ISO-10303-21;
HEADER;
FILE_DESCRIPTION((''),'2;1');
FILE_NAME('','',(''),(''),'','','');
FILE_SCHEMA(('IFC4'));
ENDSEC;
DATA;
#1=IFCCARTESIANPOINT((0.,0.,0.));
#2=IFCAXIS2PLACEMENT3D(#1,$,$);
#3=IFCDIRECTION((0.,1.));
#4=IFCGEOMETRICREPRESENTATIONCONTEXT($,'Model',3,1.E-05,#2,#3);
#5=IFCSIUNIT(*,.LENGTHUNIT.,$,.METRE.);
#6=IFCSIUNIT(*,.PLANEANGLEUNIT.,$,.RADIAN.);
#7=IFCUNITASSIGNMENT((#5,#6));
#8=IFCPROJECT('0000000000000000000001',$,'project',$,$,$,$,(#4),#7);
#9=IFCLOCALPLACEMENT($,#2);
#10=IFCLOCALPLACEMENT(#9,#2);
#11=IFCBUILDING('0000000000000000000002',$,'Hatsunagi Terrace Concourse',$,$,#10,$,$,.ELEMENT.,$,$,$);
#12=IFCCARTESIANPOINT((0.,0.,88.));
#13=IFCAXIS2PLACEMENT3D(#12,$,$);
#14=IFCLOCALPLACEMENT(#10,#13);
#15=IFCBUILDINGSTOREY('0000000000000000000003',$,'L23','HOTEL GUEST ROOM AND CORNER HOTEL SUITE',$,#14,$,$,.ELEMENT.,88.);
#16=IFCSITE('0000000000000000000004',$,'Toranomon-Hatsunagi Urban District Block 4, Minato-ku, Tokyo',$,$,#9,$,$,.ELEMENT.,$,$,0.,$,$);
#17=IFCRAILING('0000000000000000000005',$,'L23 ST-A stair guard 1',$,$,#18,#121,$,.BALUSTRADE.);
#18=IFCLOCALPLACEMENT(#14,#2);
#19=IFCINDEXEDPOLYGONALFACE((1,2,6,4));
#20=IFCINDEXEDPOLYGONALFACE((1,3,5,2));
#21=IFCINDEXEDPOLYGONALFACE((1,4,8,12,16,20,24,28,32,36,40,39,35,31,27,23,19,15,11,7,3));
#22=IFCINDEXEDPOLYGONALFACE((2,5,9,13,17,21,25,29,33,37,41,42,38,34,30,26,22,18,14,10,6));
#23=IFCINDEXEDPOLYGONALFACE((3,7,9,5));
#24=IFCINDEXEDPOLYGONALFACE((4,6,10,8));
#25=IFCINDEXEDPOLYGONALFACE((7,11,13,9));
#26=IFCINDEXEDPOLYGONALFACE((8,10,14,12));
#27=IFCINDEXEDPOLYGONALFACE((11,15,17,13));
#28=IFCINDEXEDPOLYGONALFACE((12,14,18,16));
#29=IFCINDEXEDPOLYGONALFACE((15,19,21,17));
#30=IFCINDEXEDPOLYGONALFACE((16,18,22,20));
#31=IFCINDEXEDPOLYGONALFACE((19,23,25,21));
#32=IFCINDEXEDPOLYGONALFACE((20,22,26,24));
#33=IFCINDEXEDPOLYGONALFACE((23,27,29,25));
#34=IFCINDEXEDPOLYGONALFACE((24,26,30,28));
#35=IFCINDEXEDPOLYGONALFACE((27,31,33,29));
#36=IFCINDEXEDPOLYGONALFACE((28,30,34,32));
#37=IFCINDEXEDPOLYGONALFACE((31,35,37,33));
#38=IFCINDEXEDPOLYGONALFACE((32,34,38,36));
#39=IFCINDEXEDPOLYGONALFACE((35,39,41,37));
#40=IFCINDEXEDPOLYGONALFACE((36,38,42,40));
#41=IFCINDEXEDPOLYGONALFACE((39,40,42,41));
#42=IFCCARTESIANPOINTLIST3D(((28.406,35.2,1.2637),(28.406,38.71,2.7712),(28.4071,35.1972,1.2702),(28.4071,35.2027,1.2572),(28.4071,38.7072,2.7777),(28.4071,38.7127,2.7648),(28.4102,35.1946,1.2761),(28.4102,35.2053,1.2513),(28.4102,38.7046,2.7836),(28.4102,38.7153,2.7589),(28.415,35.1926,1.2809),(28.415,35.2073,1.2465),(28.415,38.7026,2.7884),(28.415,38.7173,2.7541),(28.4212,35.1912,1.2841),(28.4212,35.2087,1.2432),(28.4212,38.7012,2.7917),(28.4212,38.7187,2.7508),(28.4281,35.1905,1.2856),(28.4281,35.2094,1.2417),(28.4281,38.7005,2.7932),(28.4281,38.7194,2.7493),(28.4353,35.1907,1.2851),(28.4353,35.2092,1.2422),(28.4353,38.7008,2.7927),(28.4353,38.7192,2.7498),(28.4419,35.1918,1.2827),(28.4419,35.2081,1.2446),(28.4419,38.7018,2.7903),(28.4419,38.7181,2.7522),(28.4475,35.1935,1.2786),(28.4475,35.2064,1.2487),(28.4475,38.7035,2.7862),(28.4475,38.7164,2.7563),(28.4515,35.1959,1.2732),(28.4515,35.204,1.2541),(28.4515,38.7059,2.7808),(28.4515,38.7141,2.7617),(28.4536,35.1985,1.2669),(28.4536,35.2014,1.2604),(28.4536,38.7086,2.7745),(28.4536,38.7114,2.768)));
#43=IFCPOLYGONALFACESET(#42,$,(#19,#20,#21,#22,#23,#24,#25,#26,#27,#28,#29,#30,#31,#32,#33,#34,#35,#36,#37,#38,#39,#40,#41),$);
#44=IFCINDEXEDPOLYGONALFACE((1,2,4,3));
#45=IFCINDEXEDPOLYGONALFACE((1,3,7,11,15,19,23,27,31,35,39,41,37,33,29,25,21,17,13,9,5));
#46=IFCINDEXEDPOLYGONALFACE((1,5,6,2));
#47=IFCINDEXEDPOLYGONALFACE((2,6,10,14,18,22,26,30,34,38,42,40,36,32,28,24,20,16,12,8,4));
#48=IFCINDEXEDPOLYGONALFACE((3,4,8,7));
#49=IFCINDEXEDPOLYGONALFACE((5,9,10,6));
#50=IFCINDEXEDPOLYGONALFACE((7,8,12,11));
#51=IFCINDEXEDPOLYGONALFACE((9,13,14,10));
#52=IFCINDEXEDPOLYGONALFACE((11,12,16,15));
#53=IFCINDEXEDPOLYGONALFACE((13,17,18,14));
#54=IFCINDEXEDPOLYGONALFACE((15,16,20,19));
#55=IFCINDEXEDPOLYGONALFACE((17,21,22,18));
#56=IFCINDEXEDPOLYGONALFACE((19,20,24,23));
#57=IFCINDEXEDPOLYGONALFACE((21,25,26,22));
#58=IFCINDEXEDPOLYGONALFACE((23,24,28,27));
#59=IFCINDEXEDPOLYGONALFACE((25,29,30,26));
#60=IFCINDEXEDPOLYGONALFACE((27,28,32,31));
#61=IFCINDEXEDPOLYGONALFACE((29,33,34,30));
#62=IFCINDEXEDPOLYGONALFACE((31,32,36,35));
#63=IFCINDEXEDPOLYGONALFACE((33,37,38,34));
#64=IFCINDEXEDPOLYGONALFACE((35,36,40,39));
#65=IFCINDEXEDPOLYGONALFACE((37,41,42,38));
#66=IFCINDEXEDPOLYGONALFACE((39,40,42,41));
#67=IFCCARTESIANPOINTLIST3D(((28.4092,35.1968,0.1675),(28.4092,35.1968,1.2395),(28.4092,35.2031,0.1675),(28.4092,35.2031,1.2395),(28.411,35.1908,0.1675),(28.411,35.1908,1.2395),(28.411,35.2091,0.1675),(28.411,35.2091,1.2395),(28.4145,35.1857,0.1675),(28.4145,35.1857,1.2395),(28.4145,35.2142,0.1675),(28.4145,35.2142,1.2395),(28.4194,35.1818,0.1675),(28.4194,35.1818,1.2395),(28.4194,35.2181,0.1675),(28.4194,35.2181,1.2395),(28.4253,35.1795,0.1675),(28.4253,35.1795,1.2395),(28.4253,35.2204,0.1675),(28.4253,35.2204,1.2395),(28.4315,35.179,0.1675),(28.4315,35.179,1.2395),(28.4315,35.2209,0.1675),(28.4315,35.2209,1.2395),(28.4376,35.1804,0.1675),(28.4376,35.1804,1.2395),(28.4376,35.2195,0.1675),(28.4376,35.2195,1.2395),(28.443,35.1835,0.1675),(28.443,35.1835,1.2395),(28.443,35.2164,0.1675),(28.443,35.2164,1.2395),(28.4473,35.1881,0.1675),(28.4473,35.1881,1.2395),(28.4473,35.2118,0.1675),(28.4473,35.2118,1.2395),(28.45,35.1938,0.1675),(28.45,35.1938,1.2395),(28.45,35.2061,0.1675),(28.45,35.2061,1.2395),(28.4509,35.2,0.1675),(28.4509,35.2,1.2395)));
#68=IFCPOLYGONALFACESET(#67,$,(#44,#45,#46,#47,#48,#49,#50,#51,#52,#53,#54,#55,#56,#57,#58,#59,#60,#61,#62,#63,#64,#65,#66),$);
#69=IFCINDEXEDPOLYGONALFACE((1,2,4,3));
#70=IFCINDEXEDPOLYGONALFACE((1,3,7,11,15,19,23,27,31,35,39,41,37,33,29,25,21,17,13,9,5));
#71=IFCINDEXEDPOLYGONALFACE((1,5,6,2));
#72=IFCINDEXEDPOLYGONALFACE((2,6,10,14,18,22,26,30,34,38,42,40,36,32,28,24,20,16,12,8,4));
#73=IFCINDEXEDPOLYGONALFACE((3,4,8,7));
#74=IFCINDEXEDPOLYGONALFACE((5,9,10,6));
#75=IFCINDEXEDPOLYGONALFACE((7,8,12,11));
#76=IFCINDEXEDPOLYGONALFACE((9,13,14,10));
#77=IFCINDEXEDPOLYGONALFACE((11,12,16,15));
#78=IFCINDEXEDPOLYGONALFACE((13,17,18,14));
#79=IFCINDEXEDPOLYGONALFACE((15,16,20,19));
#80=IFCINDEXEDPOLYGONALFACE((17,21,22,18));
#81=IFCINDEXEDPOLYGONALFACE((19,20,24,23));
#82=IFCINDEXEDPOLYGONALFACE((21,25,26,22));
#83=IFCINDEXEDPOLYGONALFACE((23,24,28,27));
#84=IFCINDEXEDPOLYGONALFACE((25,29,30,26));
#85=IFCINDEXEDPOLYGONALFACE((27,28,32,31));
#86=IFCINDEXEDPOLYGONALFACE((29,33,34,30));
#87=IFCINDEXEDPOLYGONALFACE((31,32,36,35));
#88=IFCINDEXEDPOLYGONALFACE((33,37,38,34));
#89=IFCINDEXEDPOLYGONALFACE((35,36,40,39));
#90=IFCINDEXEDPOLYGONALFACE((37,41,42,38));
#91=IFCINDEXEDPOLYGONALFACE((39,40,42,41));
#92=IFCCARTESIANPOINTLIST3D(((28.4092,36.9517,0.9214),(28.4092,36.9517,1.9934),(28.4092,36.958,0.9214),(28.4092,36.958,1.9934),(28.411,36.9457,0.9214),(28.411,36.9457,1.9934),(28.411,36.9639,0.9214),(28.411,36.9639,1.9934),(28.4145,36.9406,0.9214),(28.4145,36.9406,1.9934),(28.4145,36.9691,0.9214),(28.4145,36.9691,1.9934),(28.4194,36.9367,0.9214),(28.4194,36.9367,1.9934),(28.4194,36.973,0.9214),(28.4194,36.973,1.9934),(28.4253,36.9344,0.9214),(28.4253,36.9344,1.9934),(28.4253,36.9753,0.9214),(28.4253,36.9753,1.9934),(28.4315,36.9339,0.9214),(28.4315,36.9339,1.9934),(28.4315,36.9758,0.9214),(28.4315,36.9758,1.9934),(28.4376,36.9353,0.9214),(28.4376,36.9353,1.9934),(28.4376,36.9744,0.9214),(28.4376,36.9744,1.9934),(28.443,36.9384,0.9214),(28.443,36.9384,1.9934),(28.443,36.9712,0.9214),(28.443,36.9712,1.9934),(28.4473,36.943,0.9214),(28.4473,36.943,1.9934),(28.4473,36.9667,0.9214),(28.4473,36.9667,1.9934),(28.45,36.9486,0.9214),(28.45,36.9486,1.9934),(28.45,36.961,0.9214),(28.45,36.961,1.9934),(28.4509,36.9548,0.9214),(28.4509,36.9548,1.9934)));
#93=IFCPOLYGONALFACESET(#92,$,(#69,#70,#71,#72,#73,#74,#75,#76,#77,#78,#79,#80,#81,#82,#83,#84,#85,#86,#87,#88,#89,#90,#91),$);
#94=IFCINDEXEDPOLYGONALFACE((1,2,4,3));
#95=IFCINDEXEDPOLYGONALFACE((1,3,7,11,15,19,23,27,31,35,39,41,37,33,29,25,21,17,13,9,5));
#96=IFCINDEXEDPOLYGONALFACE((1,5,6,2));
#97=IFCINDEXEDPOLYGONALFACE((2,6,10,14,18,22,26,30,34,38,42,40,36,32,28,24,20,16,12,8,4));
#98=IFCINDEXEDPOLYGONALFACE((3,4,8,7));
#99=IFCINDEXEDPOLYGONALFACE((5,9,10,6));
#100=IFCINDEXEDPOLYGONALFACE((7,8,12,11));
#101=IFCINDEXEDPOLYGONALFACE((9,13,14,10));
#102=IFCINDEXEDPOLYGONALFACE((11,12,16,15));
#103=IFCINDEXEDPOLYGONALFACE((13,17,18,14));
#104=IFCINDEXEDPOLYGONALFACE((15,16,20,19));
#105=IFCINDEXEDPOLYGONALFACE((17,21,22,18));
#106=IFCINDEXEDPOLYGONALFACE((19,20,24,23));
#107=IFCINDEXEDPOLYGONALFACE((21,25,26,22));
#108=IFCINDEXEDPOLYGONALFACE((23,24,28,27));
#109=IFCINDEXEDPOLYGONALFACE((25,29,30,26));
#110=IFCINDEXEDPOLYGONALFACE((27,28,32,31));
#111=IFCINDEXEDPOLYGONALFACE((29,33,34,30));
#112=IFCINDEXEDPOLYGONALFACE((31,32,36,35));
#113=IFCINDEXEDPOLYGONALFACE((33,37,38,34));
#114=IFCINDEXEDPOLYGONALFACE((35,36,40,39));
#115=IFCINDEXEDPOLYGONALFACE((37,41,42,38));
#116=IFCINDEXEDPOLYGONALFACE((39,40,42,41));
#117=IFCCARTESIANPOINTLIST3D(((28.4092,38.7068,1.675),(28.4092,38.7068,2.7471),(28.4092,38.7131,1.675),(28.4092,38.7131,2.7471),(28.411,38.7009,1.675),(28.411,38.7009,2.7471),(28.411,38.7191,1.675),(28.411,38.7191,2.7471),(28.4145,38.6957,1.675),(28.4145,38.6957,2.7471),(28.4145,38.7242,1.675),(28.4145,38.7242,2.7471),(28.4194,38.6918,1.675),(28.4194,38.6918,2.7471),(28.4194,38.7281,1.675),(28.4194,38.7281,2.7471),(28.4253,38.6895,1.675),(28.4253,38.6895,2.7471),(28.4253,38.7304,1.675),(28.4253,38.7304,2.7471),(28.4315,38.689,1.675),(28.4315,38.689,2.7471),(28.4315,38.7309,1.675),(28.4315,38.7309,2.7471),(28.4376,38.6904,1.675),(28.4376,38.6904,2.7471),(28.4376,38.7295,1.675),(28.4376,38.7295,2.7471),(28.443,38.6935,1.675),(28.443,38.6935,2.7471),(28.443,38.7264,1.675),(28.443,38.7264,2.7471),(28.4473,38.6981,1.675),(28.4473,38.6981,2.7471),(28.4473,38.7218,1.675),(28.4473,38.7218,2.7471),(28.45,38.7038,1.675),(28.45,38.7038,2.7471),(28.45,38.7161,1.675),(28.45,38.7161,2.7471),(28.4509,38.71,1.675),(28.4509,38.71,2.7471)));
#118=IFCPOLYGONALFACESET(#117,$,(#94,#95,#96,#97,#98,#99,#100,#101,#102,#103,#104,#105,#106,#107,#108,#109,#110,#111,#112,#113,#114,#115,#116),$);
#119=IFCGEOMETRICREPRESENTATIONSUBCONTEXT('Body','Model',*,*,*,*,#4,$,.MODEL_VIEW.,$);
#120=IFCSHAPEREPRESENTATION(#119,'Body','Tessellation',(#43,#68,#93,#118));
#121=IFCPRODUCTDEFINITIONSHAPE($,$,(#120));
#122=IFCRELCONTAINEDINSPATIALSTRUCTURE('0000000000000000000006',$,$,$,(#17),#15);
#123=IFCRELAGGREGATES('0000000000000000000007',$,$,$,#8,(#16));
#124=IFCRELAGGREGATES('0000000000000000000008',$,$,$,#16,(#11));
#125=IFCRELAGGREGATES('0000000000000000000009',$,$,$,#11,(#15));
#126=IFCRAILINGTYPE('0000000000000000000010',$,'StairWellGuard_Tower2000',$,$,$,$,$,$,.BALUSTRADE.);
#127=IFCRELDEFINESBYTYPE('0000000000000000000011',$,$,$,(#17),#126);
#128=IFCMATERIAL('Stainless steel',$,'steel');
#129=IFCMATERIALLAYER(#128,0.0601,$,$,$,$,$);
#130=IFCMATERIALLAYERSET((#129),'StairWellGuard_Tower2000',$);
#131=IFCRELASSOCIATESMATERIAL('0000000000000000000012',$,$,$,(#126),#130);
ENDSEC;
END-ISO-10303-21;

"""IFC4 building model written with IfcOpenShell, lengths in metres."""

from ifc_helpers import new_model, si_unit, direction, frame, origin, origin_2d, place, context, subcontext, project, spatial, circle, extrude, material, layer, layer_set, type_object, element, save


model = new_model("IFC4")

# Units and contexts
model_context = context("Model", 3, precision=1e-05, world=origin(), true_north=direction((0.0, 1.0)))
body_context = subcontext(model_context, "Body", "Model", "MODEL_VIEW")
ifc_project = project(units=[si_unit("LENGTHUNIT", "METRE"), si_unit("PLANEANGLEUNIT", "RADIAN")], contexts=[model_context])

# Site, building, storey
site_placement = place(None, origin())
site = spatial("IfcSite", under=ifc_project, at=site_placement, Name="Toranomon-Hatsunagi Urban District Block 4, Minato-ku, Tokyo", CompositionType="ELEMENT", RefElevation=0.0)
building_placement = place(site_placement, origin())
building = spatial("IfcBuilding", under=site, at=building_placement, Name="Hatsunagi Terrace Concourse", CompositionType="ELEMENT")
storey_placement = place(building_placement, frame((0.0, 0.0, 88.0)))
storey = spatial("IfcBuildingStorey", under=building, at=storey_placement, Name="L23", Description="HOTEL GUEST ROOM AND CORNER HOTEL SUITE", CompositionType="ELEMENT", Elevation=88.0)

# Railing
ifc_material_1 = material(Name="Stainless steel", Category="steel")
ifc_layer_1 = layer(ifc_material_1, 0.0601)
ifc_layer_set_1 = layer_set([ifc_layer_1], Name="StairWellGuard_Tower2000")
railing_type_1 = type_object("IfcRailingType", Name="StairWellGuard_Tower2000", PredefinedType="BALUSTRADE", material=ifc_layer_set_1)
railing_1_placement = place(storey_placement, frame((28.4299, 35.2, 0.1675)))
element("IfcRailing", 1, at=railing_1_placement, inside=storey, type_object=railing_type_1, Name="L23 ST-A stair guard 1", PredefinedType="BALUSTRADE", context=body_context, shape_type="SweptSolid", body=[
    extrude(circle(Radius=0.0239, at=origin_2d()), frame((0.0, 0.0, 1.0962), z_axis=(0.0, 0.918834, 0.394644), x_axis=(-1.0, 0.0, 0.0)), (0.0, 0.0, 1.0), 3.8201),
    extrude(circle(Radius=0.021, at=origin_2d()), origin(), (0.0, 0.0, 1.0), 1.072),
    extrude(circle(Radius=0.021, at=origin_2d()), frame((0.0, 1.7549, 0.7539)), (0.0, 0.0, 1.0), 1.072),
    extrude(circle(Radius=0.021, at=origin_2d()), frame((0.0, 3.51, 1.5076)), (0.0, 0.0, 1.0), 1.072),
])

save(model, "model.ifc")
